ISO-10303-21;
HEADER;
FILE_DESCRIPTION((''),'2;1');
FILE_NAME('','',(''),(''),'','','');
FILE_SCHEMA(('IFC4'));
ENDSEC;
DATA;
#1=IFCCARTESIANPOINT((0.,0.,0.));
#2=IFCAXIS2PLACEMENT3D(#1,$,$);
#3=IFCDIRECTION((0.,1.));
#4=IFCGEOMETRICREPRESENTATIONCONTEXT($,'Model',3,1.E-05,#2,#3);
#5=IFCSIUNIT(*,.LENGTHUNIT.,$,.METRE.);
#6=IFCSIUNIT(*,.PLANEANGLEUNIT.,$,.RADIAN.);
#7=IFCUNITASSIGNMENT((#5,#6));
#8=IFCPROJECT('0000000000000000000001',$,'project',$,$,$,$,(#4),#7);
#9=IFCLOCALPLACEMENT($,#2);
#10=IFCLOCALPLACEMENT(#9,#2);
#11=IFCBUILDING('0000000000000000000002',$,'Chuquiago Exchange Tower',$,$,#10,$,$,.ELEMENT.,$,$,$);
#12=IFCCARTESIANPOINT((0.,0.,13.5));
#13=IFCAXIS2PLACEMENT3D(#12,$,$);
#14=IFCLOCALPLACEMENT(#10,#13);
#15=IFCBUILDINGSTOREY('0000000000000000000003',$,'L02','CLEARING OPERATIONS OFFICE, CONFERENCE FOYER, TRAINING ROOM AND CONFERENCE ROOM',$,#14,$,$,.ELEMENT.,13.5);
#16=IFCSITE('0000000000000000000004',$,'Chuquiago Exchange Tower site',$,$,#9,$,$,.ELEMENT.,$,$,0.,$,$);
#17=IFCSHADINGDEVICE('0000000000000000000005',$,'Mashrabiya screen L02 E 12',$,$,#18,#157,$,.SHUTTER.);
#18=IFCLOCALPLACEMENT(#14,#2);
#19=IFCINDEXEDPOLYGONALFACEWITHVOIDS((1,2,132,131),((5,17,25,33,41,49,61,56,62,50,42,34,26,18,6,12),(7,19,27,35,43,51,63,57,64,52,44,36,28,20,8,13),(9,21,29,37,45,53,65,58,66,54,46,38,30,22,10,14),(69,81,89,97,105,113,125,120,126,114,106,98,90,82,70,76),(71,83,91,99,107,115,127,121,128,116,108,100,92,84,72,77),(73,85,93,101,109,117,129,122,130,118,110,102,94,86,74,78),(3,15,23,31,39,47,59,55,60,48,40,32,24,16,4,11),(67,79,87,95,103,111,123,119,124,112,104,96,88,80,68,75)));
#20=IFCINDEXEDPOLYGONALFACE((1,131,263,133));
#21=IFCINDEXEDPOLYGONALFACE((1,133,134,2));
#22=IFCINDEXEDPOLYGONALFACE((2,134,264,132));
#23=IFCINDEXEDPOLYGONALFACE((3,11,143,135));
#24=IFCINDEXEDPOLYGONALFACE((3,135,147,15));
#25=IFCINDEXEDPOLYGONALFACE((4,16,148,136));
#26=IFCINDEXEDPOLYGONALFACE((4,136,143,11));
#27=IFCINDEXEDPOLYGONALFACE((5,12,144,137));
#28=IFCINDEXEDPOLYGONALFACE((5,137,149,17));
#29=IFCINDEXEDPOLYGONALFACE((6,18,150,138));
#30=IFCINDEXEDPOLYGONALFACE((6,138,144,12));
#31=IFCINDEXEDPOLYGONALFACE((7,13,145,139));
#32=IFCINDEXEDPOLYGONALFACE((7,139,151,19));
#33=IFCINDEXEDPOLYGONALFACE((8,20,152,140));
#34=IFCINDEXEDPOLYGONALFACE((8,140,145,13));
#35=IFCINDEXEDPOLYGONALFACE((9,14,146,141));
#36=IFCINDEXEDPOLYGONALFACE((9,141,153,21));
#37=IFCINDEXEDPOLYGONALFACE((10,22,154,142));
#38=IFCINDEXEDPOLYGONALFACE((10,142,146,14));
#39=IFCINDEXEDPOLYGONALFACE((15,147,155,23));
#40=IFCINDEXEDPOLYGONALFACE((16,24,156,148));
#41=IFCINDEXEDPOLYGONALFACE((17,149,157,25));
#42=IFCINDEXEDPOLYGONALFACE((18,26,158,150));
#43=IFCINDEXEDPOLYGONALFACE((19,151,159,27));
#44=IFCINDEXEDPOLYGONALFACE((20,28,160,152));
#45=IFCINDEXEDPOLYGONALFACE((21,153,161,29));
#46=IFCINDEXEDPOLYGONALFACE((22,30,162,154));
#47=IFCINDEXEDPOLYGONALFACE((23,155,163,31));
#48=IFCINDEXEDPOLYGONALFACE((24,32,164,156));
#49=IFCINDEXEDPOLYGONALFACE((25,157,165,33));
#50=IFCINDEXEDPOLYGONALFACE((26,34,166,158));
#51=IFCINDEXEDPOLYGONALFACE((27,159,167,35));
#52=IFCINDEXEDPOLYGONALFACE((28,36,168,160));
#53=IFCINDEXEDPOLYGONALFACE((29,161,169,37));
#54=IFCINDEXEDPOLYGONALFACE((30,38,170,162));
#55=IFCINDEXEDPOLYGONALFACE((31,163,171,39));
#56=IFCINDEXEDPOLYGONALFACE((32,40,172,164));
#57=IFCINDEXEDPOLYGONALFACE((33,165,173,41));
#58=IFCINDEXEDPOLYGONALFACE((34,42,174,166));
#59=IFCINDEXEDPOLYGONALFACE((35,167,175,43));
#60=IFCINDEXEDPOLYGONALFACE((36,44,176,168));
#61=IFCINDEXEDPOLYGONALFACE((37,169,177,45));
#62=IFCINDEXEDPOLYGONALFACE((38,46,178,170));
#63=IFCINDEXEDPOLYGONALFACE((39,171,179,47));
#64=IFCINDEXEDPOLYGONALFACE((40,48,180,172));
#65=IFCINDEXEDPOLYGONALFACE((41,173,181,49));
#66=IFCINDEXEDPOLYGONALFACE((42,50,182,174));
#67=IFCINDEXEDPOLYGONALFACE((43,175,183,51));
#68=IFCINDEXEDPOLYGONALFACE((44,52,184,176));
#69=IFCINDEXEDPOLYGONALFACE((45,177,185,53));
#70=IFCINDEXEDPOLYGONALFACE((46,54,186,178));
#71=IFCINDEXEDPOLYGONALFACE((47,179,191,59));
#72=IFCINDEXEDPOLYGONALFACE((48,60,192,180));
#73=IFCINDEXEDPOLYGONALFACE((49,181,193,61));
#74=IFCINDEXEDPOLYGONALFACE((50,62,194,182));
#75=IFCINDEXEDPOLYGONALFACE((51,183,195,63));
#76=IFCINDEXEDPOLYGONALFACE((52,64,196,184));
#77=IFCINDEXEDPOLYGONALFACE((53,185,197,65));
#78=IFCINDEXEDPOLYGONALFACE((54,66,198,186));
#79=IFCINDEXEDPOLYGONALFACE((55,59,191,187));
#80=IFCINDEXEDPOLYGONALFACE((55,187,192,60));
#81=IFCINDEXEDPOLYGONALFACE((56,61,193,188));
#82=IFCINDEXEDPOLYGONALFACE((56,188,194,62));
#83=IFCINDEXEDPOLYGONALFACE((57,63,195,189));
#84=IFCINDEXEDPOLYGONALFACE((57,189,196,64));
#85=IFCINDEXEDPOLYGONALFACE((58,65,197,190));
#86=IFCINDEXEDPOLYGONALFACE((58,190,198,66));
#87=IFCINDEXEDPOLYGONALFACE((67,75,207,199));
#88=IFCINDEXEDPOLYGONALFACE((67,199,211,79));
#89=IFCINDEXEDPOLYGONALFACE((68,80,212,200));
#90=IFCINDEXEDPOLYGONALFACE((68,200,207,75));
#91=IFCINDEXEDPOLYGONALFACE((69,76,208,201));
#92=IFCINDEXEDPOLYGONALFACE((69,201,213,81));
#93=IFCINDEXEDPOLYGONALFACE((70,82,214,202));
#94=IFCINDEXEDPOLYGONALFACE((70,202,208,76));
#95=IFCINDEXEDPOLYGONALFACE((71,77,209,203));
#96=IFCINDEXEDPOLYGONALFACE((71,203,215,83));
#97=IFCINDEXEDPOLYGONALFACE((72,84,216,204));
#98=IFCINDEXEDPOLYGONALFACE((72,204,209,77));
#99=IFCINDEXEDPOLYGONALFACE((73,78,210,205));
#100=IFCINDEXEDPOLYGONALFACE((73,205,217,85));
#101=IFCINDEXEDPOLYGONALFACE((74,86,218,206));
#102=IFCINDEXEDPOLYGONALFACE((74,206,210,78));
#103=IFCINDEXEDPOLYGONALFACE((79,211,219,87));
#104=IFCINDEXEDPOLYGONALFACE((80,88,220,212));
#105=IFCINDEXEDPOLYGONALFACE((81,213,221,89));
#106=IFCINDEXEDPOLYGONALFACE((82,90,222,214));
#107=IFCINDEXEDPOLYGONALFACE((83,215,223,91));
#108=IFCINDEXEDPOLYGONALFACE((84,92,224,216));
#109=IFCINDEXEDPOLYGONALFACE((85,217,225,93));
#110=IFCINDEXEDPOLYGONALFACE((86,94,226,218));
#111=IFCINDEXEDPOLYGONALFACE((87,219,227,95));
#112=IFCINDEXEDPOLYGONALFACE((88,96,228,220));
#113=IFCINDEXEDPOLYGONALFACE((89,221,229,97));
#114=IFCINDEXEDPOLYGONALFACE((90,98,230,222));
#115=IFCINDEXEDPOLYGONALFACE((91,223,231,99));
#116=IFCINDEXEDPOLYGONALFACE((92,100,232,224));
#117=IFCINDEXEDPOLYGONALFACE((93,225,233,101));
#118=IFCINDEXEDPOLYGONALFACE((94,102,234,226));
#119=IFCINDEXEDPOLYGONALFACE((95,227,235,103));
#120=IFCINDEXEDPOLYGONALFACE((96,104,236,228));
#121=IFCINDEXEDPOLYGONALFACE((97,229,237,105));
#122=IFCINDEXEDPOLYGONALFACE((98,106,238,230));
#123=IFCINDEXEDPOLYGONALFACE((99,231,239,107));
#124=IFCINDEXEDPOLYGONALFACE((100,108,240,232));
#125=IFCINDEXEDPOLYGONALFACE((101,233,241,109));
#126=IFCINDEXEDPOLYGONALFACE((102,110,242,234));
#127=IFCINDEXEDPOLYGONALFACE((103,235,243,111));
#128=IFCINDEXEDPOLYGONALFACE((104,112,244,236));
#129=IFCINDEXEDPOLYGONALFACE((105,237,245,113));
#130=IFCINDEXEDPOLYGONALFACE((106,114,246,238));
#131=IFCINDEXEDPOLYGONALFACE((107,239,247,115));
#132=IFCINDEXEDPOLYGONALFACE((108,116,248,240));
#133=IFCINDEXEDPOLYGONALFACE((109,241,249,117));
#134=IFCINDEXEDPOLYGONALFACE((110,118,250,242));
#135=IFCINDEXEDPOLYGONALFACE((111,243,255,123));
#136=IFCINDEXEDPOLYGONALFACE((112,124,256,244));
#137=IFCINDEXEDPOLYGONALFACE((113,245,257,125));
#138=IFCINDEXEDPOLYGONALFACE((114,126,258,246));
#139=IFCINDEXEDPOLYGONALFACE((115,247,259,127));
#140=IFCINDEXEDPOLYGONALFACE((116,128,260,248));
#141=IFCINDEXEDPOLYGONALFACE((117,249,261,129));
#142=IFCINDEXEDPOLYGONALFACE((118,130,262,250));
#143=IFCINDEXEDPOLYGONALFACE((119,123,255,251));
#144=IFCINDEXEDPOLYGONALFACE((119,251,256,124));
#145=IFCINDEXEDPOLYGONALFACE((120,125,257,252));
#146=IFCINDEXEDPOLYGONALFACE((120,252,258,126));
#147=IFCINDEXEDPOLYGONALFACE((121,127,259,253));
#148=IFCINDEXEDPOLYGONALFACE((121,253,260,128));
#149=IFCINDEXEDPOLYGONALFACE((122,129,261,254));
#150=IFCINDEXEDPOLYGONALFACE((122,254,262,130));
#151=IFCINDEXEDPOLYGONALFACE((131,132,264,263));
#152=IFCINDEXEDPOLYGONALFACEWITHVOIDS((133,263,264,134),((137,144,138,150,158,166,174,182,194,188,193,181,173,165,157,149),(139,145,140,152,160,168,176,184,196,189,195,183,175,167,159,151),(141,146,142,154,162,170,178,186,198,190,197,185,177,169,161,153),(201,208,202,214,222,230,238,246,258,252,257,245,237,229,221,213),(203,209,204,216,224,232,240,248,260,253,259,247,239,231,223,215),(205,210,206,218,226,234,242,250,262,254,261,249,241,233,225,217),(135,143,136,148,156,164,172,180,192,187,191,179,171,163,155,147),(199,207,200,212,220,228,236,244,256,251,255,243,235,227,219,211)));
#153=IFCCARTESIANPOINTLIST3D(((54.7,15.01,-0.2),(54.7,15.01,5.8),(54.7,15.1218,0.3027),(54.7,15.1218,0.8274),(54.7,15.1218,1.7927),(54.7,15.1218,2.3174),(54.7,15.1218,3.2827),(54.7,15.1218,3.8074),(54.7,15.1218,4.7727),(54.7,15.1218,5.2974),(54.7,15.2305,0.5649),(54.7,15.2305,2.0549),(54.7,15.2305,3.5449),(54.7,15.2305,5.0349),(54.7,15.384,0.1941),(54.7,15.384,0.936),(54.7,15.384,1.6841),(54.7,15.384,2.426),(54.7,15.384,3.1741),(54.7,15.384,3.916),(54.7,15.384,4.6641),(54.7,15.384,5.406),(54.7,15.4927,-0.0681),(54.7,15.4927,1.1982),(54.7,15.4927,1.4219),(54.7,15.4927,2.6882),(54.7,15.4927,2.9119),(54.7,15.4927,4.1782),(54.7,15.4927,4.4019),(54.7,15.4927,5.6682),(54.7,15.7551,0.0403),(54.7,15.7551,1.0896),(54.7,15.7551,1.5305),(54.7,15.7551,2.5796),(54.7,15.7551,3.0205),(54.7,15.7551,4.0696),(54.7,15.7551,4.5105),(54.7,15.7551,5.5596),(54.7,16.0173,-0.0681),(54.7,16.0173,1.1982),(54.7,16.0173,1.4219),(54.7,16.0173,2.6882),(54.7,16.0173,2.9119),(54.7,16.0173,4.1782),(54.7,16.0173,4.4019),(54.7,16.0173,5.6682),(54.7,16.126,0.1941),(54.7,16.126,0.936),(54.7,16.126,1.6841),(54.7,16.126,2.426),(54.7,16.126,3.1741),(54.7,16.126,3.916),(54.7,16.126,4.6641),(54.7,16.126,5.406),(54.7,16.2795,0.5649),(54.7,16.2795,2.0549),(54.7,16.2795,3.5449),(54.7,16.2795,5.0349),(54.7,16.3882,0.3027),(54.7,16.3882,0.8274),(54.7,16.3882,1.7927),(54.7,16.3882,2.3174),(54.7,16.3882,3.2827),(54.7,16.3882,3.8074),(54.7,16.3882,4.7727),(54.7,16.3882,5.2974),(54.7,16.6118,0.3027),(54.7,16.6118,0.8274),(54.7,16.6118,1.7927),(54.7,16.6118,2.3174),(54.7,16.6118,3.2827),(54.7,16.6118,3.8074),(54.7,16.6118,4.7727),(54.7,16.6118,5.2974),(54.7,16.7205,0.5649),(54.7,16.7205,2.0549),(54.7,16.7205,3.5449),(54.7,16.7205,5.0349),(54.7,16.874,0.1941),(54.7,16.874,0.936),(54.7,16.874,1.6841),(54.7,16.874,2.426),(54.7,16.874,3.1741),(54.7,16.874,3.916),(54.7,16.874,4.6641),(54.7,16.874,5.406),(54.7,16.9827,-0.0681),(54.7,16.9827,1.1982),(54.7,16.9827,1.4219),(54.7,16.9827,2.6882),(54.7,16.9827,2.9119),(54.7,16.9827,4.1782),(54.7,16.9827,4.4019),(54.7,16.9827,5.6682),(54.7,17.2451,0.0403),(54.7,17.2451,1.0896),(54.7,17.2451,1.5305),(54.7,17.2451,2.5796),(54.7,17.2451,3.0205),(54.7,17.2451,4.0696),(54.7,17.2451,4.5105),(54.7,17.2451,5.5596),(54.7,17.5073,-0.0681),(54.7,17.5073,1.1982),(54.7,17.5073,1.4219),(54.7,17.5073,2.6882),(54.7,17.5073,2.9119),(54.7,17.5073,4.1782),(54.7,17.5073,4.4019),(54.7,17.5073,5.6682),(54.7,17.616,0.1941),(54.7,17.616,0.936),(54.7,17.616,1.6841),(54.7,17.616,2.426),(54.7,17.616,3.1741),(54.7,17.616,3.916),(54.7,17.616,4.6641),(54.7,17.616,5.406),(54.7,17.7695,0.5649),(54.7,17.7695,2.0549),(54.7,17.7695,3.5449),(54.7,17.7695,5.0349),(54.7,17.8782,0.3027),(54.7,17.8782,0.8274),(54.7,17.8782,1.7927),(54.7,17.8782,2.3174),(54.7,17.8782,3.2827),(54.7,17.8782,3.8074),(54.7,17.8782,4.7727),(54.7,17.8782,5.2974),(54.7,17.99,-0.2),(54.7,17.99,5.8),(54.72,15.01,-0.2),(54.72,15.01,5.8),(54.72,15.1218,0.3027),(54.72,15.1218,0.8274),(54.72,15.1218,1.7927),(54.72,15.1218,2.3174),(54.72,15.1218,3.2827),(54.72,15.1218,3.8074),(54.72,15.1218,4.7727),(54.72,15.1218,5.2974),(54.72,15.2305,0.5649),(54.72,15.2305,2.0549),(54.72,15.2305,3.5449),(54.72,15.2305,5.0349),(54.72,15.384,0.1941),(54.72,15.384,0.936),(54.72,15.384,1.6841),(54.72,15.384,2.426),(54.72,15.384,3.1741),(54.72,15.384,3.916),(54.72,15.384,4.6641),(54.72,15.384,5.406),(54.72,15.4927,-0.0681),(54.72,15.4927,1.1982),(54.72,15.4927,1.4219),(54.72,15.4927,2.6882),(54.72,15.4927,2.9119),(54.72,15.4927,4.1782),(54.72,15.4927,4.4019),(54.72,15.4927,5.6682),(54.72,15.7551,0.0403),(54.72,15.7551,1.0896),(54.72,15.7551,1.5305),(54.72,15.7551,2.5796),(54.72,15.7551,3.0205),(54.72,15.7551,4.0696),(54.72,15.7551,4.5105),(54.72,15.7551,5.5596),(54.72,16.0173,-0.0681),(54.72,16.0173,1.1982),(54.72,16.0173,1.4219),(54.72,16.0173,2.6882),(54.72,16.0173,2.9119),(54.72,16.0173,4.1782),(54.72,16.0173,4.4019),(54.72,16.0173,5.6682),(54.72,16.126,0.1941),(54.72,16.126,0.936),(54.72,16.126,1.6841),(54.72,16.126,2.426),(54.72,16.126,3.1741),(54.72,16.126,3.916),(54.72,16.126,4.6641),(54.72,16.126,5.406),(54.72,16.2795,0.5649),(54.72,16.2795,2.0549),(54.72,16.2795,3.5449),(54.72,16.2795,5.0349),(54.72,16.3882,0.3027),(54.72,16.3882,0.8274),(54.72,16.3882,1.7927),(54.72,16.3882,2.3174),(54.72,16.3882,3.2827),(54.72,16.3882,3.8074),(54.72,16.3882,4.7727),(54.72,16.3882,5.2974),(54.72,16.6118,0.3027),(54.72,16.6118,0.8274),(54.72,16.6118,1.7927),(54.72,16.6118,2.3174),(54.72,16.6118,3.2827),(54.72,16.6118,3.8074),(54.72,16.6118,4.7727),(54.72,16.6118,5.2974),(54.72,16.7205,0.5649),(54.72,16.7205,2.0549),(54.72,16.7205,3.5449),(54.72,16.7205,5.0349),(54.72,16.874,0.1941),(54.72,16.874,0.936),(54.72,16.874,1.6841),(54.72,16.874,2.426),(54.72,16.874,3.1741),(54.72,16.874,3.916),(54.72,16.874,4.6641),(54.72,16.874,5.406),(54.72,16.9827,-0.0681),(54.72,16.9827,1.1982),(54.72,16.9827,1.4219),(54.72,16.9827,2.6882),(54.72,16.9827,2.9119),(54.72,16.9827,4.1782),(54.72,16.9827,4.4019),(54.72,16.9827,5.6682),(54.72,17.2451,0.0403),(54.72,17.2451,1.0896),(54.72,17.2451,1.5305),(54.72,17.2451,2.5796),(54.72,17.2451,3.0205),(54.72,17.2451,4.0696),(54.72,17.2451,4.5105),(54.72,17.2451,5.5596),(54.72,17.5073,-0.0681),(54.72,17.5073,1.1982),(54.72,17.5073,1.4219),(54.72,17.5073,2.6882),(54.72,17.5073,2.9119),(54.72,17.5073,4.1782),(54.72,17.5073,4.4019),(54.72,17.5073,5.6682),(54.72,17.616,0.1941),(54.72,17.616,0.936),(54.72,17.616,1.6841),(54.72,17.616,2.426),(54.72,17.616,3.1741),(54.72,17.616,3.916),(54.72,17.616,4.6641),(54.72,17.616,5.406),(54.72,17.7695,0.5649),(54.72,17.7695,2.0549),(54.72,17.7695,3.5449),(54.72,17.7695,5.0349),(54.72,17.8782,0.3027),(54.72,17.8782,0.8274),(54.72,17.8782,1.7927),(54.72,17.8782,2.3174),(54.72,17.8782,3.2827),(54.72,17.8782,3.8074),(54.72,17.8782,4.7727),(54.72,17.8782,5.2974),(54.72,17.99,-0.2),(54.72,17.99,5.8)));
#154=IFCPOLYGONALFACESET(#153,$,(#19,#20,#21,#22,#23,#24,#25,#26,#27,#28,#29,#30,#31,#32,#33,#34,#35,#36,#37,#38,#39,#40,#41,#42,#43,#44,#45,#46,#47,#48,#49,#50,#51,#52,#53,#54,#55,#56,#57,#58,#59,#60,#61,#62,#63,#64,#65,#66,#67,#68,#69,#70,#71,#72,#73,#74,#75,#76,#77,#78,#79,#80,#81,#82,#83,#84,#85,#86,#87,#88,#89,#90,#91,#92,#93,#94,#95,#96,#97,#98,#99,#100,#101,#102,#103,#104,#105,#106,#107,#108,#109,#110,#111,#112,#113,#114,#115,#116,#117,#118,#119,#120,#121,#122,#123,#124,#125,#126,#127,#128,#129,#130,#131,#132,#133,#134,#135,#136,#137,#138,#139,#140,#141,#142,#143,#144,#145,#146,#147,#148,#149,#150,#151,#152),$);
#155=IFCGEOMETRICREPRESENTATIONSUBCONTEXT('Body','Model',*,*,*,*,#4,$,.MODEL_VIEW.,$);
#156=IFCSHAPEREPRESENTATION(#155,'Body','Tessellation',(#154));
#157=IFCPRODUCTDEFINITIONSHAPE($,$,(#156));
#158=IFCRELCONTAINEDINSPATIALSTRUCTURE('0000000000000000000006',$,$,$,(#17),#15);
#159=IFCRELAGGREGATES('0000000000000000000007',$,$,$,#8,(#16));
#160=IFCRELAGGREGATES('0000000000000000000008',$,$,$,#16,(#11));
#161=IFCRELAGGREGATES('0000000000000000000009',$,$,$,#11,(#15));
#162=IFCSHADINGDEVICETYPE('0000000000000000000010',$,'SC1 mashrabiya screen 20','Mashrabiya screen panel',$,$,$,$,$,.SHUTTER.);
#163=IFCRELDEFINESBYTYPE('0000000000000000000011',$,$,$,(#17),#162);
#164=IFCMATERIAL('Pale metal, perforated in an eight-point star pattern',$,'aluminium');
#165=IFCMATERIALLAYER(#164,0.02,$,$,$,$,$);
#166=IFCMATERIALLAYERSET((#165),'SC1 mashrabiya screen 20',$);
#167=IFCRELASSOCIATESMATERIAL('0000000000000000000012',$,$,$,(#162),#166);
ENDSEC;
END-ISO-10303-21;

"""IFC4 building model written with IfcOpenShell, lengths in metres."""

from ifc_helpers import new_model, si_unit, direction, frame, origin, place, context, subcontext, project, spatial, polyline, outline, extrude, material, layer, layer_set, type_object, element, save


model = new_model("IFC4")

# Units and contexts
model_context = context("Model", 3, precision=1e-05, world=origin(), true_north=direction((0.0, 1.0)))
body_context = subcontext(model_context, "Body", "Model", "MODEL_VIEW")
ifc_project = project(units=[si_unit("LENGTHUNIT", "METRE"), si_unit("PLANEANGLEUNIT", "RADIAN")], contexts=[model_context])

# Site, building, storey
site_placement = place(None, origin())
site = spatial("IfcSite", under=ifc_project, at=site_placement, Name="Chuquiago Exchange Tower site", CompositionType="ELEMENT", RefElevation=0.0)
building_placement = place(site_placement, origin())
building = spatial("IfcBuilding", under=site, at=building_placement, Name="Chuquiago Exchange Tower", CompositionType="ELEMENT")
storey_placement = place(building_placement, frame((0.0, 0.0, 13.5)))
storey = spatial("IfcBuildingStorey", under=building, at=storey_placement, Name="L02", Description="CLEARING OPERATIONS OFFICE, CONFERENCE FOYER, TRAINING ROOM AND CONFERENCE ROOM", CompositionType="ELEMENT", Elevation=13.5)

# Shading device
ifc_material_1 = material(Name="Pale metal, perforated in an eight-point star pattern", Category="aluminium")
ifc_layer_1 = layer(ifc_material_1, 0.02)
ifc_layer_set_1 = layer_set([ifc_layer_1], Name="SC1 mashrabiya screen 20")
shading_device_type = type_object("IfcShadingDeviceType", Name="SC1 mashrabiya screen 20", Description="Mashrabiya screen panel", PredefinedType="SHUTTER", material=ifc_layer_set_1)
shading_device_1_placement = place(storey_placement, frame((54.7, 15.01, -0.2), z_axis=(0.0, 0.0, 1.0), x_axis=(0.0, 1.0, 0.0)))
element("IfcShadingDevice", 1, at=shading_device_1_placement, inside=storey, type_object=shading_device_type, Name="Mashrabiya screen L02 E 12", PredefinedType="SHUTTER", context=body_context, shape_type="SweptSolid", body=[
    extrude(outline(polyline([(0.0, 0.0), (2.98, 0.0), (2.98, 6.0), (0.0, 6.0), (0.0, 0.0)]), holes=[polyline([(1.2695, 0.7649), (1.3782, 1.0273), (1.116, 1.136), (1.0073, 1.3982), (0.7451, 1.2896), (0.4827, 1.3982), (0.374, 1.136), (0.1118, 1.0273), (0.2205, 0.7649), (0.1118, 0.5027), (0.374, 0.394), (0.4827, 0.1318), (0.7451, 0.2402), (1.0073, 0.1318), (1.116, 0.394), (1.3782, 0.5027), (1.2695, 0.7649)]), polyline([(2.7595, 0.7649), (2.8682, 1.0273), (2.606, 1.136), (2.4973, 1.3982), (2.2351, 1.2896), (1.9727, 1.3982), (1.864, 1.136), (1.6018, 1.0273), (1.7104, 0.7649), (1.6018, 0.5027), (1.864, 0.394), (1.9727, 0.1318), (2.2351, 0.2402), (2.4973, 0.1318), (2.606, 0.394), (2.8682, 0.5027), (2.7595, 0.7649)]), polyline([(1.2695, 2.2549), (1.3782, 2.5173), (1.116, 2.626), (1.0073, 2.8882), (0.7451, 2.7795), (0.4827, 2.8882), (0.374, 2.626), (0.1118, 2.5173), (0.2205, 2.2549), (0.1118, 1.9927), (0.374, 1.884), (0.4827, 1.6218), (0.7451, 1.7305), (1.0073, 1.6218), (1.116, 1.884), (1.3782, 1.9927), (1.2695, 2.2549)]), polyline([(2.7595, 2.2549), (2.8682, 2.5173), (2.606, 2.626), (2.4973, 2.8882), (2.2351, 2.7795), (1.9727, 2.8882), (1.864, 2.626), (1.6018, 2.5173), (1.7104, 2.2549), (1.6018, 1.9927), (1.864, 1.884), (1.9727, 1.6218), (2.2351, 1.7305), (2.4973, 1.6218), (2.606, 1.884), (2.8682, 1.9927), (2.7595, 2.2549)]), polyline([(1.2695, 3.7449), (1.3782, 4.0073), (1.116, 4.116), (1.0073, 4.3782), (0.7451, 4.2695), (0.4827, 4.3782), (0.374, 4.116), (0.1118, 4.0073), (0.2205, 3.7449), (0.1118, 3.4827), (0.374, 3.374), (0.4827, 3.1118), (0.7451, 3.2205), (1.0073, 3.1118), (1.116, 3.374), (1.3782, 3.4827), (1.2695, 3.7449)]), polyline([(2.7595, 3.7449), (2.8682, 4.0073), (2.606, 4.116), (2.4973, 4.3782), (2.2351, 4.2695), (1.9727, 4.3782), (1.864, 4.116), (1.6018, 4.0073), (1.7104, 3.7449), (1.6018, 3.4827), (1.864, 3.374), (1.9727, 3.1118), (2.2351, 3.2205), (2.4973, 3.1118), (2.606, 3.374), (2.8682, 3.4827), (2.7595, 3.7449)]), polyline([(1.2695, 5.2349), (1.3782, 5.4973), (1.116, 5.606), (1.0073, 5.8682), (0.7451, 5.7595), (0.4827, 5.8682), (0.374, 5.606), (0.1118, 5.4973), (0.2205, 5.2349), (0.1118, 4.9727), (0.374, 4.864), (0.4827, 4.6018), (0.7451, 4.7104), (1.0073, 4.6018), (1.116, 4.864), (1.3782, 4.9727), (1.2695, 5.2349)]), polyline([(2.7595, 5.2349), (2.8682, 5.4973), (2.606, 5.606), (2.4973, 5.8682), (2.2351, 5.7595), (1.9727, 5.8682), (1.864, 5.606), (1.6018, 5.4973), (1.7104, 5.2349), (1.6018, 4.9727), (1.864, 4.864), (1.9727, 4.6018), (2.2351, 4.7104), (2.4973, 4.6018), (2.606, 4.864), (2.8682, 4.9727), (2.7595, 5.2349)])]), frame((0.0, 0.0, 0.0), z_axis=(0.0, -1.0, 0.0), x_axis=(1.0, 0.0, 0.0)), (0.0, 0.0, 1.0), 0.02),
])

save(model, "model.ifc")
